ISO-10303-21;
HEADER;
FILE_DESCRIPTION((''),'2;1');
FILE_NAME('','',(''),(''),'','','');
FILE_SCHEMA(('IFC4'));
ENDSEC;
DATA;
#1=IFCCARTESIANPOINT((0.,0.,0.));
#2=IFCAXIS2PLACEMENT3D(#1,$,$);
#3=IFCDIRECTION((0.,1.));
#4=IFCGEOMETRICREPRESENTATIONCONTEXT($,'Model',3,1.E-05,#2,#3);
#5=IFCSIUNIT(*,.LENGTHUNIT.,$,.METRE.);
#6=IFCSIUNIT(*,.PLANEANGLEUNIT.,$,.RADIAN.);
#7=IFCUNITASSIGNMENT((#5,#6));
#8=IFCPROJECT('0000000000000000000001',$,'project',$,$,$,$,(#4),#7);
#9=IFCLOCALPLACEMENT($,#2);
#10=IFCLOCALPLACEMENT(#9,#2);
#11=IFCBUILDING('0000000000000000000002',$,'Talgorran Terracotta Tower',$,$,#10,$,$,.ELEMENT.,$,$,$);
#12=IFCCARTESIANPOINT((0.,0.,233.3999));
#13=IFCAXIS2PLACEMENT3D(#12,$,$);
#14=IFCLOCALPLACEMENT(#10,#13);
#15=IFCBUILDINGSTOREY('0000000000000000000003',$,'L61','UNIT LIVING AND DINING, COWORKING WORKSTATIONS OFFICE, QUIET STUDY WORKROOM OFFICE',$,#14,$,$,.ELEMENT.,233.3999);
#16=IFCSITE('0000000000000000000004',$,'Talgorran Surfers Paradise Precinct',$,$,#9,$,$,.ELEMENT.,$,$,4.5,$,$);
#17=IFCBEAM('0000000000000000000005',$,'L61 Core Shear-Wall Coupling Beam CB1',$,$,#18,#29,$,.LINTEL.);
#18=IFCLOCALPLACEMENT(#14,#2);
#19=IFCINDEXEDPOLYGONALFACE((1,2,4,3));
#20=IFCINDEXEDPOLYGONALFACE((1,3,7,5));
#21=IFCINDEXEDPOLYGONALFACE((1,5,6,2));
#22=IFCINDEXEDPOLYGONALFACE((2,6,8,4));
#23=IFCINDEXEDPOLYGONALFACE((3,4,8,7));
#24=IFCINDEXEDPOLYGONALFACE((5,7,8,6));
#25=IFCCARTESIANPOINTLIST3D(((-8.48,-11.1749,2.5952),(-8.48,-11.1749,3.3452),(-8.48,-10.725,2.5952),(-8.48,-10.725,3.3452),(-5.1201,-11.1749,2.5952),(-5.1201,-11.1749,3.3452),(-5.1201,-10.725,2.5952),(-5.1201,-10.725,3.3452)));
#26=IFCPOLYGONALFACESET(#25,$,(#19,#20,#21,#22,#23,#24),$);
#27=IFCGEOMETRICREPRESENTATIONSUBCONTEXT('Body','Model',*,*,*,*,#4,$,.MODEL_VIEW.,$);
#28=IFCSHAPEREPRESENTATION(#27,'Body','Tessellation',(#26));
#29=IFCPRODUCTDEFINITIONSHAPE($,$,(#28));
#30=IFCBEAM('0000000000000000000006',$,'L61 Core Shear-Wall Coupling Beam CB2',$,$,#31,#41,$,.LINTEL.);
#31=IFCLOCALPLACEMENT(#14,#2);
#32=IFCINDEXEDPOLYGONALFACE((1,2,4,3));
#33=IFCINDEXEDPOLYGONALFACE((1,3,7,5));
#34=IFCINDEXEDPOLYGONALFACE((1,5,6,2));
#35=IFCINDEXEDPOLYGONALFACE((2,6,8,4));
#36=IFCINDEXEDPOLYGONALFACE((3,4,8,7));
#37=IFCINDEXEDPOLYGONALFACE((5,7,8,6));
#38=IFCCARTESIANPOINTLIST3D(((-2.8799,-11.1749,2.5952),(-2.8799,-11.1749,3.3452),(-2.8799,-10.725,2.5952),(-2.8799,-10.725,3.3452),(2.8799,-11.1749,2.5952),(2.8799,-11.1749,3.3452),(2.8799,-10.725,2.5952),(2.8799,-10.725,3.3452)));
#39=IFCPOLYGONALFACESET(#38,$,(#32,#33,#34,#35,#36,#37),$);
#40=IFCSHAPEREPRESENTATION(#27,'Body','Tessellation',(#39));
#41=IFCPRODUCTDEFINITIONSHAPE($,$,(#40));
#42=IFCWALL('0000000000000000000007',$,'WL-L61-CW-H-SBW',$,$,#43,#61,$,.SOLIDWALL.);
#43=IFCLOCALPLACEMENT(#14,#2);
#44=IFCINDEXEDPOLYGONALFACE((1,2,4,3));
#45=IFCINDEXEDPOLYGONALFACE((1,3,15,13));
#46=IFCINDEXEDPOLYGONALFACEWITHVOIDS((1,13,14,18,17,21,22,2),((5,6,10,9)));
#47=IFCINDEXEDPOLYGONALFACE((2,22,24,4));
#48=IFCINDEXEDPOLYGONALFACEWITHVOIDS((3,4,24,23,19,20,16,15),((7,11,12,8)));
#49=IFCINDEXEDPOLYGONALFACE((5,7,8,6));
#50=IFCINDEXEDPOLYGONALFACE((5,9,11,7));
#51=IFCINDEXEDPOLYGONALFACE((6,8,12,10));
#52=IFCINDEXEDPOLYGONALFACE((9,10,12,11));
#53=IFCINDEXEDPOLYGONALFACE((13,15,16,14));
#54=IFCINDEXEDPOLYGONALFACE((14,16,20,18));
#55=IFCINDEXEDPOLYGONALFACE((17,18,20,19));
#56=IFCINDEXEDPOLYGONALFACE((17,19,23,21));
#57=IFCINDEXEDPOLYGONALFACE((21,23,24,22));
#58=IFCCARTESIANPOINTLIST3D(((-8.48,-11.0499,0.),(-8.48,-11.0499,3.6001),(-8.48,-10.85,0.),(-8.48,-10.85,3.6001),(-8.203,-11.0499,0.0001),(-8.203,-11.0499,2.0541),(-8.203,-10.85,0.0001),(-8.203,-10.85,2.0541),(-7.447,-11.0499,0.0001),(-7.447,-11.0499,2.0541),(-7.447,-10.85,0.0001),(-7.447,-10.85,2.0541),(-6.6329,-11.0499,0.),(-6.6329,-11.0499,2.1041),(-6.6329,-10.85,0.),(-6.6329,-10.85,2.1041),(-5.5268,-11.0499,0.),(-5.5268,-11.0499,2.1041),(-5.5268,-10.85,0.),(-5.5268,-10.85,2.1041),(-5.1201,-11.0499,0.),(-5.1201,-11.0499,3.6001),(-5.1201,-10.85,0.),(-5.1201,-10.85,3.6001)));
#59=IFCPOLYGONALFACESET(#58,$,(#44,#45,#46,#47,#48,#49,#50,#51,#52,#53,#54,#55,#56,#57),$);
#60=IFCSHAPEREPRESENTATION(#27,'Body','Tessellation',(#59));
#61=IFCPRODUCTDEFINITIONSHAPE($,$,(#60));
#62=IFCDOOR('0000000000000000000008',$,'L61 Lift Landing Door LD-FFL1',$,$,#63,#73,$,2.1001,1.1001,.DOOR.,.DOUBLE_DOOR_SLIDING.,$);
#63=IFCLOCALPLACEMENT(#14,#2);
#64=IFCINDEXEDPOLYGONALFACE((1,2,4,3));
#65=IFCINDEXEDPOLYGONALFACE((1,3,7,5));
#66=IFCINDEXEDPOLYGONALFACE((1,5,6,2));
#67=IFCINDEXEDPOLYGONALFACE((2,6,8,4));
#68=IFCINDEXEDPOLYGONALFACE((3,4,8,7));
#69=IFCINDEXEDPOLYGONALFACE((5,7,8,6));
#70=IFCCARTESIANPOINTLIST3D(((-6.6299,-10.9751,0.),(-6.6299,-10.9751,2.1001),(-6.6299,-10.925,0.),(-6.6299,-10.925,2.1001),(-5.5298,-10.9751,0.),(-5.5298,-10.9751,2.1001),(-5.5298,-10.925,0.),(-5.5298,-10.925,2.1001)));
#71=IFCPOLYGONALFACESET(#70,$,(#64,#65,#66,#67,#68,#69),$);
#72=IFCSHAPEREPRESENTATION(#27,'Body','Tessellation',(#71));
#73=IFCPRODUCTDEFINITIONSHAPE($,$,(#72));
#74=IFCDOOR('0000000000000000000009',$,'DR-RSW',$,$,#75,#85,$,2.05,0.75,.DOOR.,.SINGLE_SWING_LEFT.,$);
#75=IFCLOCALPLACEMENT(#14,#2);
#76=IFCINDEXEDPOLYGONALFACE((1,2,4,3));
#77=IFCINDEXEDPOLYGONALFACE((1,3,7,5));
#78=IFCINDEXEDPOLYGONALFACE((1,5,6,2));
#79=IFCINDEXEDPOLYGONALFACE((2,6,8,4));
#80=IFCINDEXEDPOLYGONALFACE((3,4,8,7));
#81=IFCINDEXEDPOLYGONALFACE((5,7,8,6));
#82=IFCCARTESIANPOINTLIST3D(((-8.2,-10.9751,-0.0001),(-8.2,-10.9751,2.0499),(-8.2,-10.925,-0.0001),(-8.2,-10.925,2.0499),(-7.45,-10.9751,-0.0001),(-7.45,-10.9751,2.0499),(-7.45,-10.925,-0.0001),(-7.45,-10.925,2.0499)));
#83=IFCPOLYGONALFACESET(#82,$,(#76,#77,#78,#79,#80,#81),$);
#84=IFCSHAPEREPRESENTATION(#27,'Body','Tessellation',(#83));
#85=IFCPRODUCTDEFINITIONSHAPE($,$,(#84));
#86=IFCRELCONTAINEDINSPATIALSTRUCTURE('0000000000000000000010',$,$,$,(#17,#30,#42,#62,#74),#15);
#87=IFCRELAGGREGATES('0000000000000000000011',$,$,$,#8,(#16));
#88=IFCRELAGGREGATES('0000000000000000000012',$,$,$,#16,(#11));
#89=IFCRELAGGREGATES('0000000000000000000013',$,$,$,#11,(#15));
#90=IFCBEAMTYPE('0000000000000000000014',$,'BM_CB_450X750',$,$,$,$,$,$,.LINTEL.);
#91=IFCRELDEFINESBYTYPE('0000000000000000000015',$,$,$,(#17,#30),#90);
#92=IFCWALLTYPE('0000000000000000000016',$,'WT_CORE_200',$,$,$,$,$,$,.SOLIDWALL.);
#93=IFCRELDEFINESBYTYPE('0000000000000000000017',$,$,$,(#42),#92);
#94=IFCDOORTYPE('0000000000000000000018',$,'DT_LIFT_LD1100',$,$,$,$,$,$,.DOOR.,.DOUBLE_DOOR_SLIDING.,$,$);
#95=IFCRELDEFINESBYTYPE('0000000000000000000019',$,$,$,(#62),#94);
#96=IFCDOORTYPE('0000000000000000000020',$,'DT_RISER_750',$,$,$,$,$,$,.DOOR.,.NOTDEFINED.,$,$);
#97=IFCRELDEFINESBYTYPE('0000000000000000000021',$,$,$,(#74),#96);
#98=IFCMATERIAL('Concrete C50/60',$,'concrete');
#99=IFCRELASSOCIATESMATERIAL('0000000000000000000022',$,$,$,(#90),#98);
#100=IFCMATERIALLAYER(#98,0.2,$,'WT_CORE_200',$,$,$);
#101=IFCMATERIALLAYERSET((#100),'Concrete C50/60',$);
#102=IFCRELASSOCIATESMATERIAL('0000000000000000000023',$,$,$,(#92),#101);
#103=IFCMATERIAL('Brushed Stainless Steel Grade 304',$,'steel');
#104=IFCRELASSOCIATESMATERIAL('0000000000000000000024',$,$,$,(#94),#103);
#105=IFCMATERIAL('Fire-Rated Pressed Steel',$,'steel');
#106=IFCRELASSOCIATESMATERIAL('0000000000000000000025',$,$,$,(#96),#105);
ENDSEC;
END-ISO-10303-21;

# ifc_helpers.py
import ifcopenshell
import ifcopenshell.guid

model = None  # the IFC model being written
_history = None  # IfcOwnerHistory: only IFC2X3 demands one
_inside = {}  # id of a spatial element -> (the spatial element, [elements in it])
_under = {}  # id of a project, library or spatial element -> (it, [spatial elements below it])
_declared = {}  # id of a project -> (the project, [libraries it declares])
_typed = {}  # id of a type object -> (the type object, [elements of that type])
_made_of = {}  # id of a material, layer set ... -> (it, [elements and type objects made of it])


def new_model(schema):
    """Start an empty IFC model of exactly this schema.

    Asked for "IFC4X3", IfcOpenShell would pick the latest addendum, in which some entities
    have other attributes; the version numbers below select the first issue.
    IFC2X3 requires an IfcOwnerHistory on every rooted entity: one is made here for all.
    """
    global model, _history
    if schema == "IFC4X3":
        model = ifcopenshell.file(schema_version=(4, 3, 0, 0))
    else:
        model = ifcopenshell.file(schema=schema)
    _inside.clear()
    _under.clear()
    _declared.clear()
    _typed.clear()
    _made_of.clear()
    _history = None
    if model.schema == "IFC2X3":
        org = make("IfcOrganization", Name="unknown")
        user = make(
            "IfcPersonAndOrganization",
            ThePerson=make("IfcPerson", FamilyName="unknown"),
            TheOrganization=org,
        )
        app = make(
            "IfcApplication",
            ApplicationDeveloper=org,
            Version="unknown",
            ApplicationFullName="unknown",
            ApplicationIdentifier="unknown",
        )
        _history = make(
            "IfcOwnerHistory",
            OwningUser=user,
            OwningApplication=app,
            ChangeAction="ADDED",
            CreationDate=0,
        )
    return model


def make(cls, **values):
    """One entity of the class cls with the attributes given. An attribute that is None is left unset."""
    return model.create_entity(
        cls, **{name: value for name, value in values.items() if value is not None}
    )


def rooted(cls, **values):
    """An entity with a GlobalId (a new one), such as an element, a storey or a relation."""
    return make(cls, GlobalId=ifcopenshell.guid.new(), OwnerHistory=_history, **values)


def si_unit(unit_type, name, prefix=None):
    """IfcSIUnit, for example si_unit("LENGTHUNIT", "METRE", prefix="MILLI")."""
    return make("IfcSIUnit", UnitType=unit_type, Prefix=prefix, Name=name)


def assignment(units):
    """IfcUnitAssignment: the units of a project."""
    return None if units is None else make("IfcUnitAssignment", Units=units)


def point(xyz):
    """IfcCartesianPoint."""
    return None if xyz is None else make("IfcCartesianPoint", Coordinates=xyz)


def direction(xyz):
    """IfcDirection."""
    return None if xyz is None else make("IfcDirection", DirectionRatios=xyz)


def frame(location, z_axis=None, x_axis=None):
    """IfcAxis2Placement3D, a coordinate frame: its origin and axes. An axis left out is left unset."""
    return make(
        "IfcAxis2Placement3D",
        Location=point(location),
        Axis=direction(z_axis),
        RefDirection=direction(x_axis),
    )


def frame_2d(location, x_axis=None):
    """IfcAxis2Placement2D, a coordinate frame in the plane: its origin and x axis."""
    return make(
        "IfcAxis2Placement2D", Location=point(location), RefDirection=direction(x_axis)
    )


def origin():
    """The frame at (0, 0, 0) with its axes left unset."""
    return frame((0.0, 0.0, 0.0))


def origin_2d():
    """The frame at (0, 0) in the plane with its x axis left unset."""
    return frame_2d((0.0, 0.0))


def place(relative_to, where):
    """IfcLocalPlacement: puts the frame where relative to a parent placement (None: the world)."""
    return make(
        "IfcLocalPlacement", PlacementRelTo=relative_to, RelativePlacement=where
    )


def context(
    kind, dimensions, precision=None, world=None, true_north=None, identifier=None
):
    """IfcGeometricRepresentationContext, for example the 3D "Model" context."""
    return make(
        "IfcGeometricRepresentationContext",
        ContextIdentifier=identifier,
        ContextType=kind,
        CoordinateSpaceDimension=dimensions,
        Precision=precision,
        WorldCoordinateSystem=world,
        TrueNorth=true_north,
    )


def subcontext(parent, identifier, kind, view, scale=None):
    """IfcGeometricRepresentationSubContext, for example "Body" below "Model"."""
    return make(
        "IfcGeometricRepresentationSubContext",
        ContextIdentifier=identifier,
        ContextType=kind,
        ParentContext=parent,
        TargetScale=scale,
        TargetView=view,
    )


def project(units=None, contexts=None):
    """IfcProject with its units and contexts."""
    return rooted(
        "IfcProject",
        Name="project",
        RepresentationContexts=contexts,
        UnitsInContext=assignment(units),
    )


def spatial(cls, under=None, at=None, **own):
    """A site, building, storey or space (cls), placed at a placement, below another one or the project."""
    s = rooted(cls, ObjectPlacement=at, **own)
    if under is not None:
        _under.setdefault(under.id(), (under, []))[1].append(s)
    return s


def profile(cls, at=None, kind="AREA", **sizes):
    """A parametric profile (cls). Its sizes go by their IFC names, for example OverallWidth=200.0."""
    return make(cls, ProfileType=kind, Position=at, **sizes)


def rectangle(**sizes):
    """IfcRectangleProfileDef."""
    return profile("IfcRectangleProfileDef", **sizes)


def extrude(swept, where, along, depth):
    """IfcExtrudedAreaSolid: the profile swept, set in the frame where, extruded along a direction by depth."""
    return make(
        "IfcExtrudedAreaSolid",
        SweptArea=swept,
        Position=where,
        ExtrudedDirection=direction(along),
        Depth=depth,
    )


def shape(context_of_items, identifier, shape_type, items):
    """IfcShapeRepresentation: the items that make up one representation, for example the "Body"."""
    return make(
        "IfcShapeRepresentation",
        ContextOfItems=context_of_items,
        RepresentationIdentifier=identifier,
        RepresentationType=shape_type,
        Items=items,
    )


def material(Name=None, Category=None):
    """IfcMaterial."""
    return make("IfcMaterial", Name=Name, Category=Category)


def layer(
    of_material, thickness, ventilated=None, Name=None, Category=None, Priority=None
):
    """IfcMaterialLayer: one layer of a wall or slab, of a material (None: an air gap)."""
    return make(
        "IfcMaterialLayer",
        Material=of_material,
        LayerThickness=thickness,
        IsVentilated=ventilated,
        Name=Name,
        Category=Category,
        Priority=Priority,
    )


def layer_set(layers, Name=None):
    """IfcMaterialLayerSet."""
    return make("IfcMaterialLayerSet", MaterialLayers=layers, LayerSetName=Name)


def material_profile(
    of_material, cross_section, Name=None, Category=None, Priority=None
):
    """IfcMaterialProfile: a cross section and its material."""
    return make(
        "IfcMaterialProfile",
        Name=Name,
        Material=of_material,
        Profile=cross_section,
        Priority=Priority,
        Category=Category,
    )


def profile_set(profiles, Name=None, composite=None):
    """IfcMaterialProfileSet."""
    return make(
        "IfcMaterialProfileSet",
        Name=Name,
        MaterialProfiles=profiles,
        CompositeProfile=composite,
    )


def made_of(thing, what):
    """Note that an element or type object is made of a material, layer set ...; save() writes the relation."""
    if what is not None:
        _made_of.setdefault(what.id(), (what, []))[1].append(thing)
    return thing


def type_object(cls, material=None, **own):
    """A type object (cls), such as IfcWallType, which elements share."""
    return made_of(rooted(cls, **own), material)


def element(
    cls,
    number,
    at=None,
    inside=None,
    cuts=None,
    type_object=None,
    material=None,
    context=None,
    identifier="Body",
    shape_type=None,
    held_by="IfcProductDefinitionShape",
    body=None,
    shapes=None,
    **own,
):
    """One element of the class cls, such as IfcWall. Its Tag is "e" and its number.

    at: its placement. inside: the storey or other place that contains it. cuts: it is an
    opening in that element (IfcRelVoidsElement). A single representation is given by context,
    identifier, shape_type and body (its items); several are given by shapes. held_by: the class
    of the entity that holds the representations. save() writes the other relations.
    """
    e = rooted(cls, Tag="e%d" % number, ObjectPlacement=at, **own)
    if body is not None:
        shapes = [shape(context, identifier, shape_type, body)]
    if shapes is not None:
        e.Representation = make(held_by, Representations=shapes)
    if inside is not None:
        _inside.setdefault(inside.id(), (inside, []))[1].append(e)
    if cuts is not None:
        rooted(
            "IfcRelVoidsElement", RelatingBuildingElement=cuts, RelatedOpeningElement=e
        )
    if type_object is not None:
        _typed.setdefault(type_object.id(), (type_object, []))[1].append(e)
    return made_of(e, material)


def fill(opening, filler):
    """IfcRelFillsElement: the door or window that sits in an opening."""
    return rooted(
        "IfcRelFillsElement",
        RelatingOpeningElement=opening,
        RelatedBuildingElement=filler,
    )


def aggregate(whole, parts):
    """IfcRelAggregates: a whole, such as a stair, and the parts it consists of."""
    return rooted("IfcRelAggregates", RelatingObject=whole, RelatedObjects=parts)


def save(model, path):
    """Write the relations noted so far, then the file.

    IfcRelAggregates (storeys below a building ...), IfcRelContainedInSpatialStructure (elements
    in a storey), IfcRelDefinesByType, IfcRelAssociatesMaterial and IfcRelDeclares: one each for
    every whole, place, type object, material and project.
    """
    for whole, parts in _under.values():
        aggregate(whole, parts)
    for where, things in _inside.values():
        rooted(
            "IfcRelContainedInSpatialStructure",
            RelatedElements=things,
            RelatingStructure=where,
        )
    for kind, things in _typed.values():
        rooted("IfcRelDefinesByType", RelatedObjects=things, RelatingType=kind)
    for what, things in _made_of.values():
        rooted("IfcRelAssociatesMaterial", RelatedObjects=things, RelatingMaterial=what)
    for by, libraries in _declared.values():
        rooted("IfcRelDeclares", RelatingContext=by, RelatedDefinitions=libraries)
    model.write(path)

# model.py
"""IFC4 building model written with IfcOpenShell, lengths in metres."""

from ifc_helpers import new_model, si_unit, direction, frame, frame_2d, origin, origin_2d, place, context, subcontext, project, spatial, rectangle, extrude, material, layer, layer_set, material_profile, profile_set, type_object, element, fill, save


model = new_model("IFC4")

# Units and contexts
model_context = context("Model", 3, precision=1e-05, world=origin(), true_north=direction((0.0, 1.0)))
body_context = subcontext(model_context, "Body", "Model", "MODEL_VIEW")
ifc_project = project(units=[si_unit("LENGTHUNIT", "METRE"), si_unit("PLANEANGLEUNIT", "RADIAN")], contexts=[model_context])

# Site, building, storey
site_placement = place(None, origin())
site = spatial("IfcSite", under=ifc_project, at=site_placement, Name="Talgorran Surfers Paradise Precinct", CompositionType="ELEMENT", RefElevation=4.5)
building_placement = place(site_placement, origin())
building = spatial("IfcBuilding", under=site, at=building_placement, Name="Talgorran Terracotta Tower", CompositionType="ELEMENT")
storey_placement = place(building_placement, frame((0.0, 0.0, 233.3999)))
storey = spatial("IfcBuildingStorey", under=building, at=storey_placement, Name="L61", Description="UNIT LIVING AND DINING, COWORKING WORKSTATIONS OFFICE, QUIET STUDY WORKROOM OFFICE", CompositionType="ELEMENT", Elevation=233.3999)

# Beams
ifc_material_1 = material(Name="Concrete C50/60", Category="concrete")
ifc_material_profile = material_profile(ifc_material_1, rectangle(XDim=0.45, YDim=0.75, at=origin_2d()), Name="RCCB450X750")
ifc_profile_set = profile_set([ifc_material_profile], Name="Concrete C50/60")
beam_type = type_object("IfcBeamType", Name="BM_CB_450X750", PredefinedType="LINTEL", material=ifc_profile_set)
beam_1_placement = place(storey_placement, frame((-8.48, -10.95, 2.9702), z_axis=(1.0, 0.0, 0.0), x_axis=(0.0, 1.0, 0.0)))
element("IfcBeam", 1, at=beam_1_placement, inside=storey, type_object=beam_type, Name="L61 Core Shear-Wall Coupling Beam CB1", PredefinedType="LINTEL", context=body_context, shape_type="SweptSolid", body=[
    extrude(rectangle(XDim=0.45, YDim=0.75, at=origin_2d()), origin(), (0.0, 0.0, 1.0), 3.3599),
])
beam_2_placement = place(storey_placement, frame((-2.8799, -10.95, 2.9702), z_axis=(1.0, 0.0, 0.0), x_axis=(0.0, 1.0, 0.0)))
element("IfcBeam", 2, at=beam_2_placement, inside=storey, type_object=beam_type, Name="L61 Core Shear-Wall Coupling Beam CB2", PredefinedType="LINTEL", context=body_context, shape_type="SweptSolid", body=[
    extrude(rectangle(XDim=0.45, YDim=0.75, at=origin_2d()), origin(), (0.0, 0.0, 1.0), 5.7598),
])

# Wall, openings, doors
ifc_layer_1 = layer(ifc_material_1, 0.2, Name="WT_CORE_200")
ifc_layer_set_1 = layer_set([ifc_layer_1], Name="Concrete C50/60")
wall_type_1 = type_object("IfcWallType", Name="WT_CORE_200", PredefinedType="SOLIDWALL", material=ifc_layer_set_1)
wall_1_placement = place(storey_placement, frame((-8.48, -10.95, 0.0), z_axis=(0.0, 0.0, 1.0), x_axis=(1.0, 0.0, 0.0)))
wall_1 = element("IfcWall", 3, at=wall_1_placement, inside=storey, type_object=wall_type_1, Name="WL-L61-CW-H-SBW", PredefinedType="SOLIDWALL", context=body_context, shape_type="SweptSolid", body=[
    extrude(rectangle(XDim=3.3599, YDim=0.2, at=frame_2d((1.6799, 0.0))), origin(), (0.0, 0.0, 1.0), 3.6001),
])
opening_1_placement = place(wall_1_placement, frame((0.28, 0.0, 0.0)))
opening_1 = element("IfcOpeningElement", 4, at=opening_1_placement, cuts=wall_1, PredefinedType="OPENING", context=body_context, shape_type="SweptSolid", body=[
    extrude(rectangle(XDim=0.756, YDim=2.054, at=frame_2d((0.375, 1.0271))), frame((0.0, 0.1099, 0.0), z_axis=(0.0, -1.0, 0.0), x_axis=(1.0, 0.0, 0.0)), (0.0, 0.0, 1.0), 0.22),
])
opening_2_placement = place(wall_1_placement, frame((1.8501, 0.0, 0.0)))
opening_2 = element("IfcOpeningElement", 5, at=opening_2_placement, cuts=wall_1, PredefinedType="OPENING", context=body_context, shape_type="SweptSolid", body=[
    extrude(rectangle(XDim=1.1061, YDim=2.1041, at=frame_2d((0.55, 1.052))), frame((0.0, 0.1099, 0.0), z_axis=(0.0, -1.0, 0.0), x_axis=(1.0, 0.0, 0.0)), (0.0, 0.0, 1.0), 0.22),
])
ifc_material_2 = material(Name="Brushed Stainless Steel Grade 304", Category="steel")
door_type_1 = type_object("IfcDoorType", Name="DT_LIFT_LD1100", OperationType="DOUBLE_DOOR_SLIDING", PredefinedType="DOOR", material=ifc_material_2)
door_1_placement = place(opening_2_placement, origin())
door_1 = element("IfcDoor", 6, at=door_1_placement, inside=storey, type_object=door_type_1, Name="L61 Lift Landing Door LD-FFL1", OperationType="DOUBLE_DOOR_SLIDING", OverallHeight=2.1001, OverallWidth=1.1001, PredefinedType="DOOR", context=body_context, shape_type="SweptSolid", body=[
    extrude(rectangle(XDim=1.1001, YDim=2.1001, at=frame_2d((0.55, 1.05))), frame((0.0, 0.0249, 0.0), z_axis=(0.0, -1.0, 0.0), x_axis=(1.0, 0.0, 0.0)), (0.0, 0.0, 1.0), 0.05),
])
fill(opening_2, door_1)
ifc_material_3 = material(Name="Fire-Rated Pressed Steel", Category="steel")
door_type_2 = type_object("IfcDoorType", Name="DT_RISER_750", OperationType="NOTDEFINED", PredefinedType="DOOR", material=ifc_material_3)
door_2_placement = place(opening_1_placement, origin())
door_2 = element("IfcDoor", 7, at=door_2_placement, inside=storey, type_object=door_type_2, Name="DR-RSW", OperationType="SINGLE_SWING_LEFT", OverallHeight=2.05, OverallWidth=0.75, PredefinedType="DOOR", context=body_context, shape_type="SweptSolid", body=[
    extrude(rectangle(XDim=0.75, YDim=2.05, at=frame_2d((0.375, 1.0249))), frame((0.0, 0.0249, 0.0), z_axis=(0.0, -1.0, 0.0), x_axis=(1.0, 0.0, 0.0)), (0.0, 0.0, 1.0), 0.05),
])
fill(opening_1, door_2)

save(model, "model.ifc")
